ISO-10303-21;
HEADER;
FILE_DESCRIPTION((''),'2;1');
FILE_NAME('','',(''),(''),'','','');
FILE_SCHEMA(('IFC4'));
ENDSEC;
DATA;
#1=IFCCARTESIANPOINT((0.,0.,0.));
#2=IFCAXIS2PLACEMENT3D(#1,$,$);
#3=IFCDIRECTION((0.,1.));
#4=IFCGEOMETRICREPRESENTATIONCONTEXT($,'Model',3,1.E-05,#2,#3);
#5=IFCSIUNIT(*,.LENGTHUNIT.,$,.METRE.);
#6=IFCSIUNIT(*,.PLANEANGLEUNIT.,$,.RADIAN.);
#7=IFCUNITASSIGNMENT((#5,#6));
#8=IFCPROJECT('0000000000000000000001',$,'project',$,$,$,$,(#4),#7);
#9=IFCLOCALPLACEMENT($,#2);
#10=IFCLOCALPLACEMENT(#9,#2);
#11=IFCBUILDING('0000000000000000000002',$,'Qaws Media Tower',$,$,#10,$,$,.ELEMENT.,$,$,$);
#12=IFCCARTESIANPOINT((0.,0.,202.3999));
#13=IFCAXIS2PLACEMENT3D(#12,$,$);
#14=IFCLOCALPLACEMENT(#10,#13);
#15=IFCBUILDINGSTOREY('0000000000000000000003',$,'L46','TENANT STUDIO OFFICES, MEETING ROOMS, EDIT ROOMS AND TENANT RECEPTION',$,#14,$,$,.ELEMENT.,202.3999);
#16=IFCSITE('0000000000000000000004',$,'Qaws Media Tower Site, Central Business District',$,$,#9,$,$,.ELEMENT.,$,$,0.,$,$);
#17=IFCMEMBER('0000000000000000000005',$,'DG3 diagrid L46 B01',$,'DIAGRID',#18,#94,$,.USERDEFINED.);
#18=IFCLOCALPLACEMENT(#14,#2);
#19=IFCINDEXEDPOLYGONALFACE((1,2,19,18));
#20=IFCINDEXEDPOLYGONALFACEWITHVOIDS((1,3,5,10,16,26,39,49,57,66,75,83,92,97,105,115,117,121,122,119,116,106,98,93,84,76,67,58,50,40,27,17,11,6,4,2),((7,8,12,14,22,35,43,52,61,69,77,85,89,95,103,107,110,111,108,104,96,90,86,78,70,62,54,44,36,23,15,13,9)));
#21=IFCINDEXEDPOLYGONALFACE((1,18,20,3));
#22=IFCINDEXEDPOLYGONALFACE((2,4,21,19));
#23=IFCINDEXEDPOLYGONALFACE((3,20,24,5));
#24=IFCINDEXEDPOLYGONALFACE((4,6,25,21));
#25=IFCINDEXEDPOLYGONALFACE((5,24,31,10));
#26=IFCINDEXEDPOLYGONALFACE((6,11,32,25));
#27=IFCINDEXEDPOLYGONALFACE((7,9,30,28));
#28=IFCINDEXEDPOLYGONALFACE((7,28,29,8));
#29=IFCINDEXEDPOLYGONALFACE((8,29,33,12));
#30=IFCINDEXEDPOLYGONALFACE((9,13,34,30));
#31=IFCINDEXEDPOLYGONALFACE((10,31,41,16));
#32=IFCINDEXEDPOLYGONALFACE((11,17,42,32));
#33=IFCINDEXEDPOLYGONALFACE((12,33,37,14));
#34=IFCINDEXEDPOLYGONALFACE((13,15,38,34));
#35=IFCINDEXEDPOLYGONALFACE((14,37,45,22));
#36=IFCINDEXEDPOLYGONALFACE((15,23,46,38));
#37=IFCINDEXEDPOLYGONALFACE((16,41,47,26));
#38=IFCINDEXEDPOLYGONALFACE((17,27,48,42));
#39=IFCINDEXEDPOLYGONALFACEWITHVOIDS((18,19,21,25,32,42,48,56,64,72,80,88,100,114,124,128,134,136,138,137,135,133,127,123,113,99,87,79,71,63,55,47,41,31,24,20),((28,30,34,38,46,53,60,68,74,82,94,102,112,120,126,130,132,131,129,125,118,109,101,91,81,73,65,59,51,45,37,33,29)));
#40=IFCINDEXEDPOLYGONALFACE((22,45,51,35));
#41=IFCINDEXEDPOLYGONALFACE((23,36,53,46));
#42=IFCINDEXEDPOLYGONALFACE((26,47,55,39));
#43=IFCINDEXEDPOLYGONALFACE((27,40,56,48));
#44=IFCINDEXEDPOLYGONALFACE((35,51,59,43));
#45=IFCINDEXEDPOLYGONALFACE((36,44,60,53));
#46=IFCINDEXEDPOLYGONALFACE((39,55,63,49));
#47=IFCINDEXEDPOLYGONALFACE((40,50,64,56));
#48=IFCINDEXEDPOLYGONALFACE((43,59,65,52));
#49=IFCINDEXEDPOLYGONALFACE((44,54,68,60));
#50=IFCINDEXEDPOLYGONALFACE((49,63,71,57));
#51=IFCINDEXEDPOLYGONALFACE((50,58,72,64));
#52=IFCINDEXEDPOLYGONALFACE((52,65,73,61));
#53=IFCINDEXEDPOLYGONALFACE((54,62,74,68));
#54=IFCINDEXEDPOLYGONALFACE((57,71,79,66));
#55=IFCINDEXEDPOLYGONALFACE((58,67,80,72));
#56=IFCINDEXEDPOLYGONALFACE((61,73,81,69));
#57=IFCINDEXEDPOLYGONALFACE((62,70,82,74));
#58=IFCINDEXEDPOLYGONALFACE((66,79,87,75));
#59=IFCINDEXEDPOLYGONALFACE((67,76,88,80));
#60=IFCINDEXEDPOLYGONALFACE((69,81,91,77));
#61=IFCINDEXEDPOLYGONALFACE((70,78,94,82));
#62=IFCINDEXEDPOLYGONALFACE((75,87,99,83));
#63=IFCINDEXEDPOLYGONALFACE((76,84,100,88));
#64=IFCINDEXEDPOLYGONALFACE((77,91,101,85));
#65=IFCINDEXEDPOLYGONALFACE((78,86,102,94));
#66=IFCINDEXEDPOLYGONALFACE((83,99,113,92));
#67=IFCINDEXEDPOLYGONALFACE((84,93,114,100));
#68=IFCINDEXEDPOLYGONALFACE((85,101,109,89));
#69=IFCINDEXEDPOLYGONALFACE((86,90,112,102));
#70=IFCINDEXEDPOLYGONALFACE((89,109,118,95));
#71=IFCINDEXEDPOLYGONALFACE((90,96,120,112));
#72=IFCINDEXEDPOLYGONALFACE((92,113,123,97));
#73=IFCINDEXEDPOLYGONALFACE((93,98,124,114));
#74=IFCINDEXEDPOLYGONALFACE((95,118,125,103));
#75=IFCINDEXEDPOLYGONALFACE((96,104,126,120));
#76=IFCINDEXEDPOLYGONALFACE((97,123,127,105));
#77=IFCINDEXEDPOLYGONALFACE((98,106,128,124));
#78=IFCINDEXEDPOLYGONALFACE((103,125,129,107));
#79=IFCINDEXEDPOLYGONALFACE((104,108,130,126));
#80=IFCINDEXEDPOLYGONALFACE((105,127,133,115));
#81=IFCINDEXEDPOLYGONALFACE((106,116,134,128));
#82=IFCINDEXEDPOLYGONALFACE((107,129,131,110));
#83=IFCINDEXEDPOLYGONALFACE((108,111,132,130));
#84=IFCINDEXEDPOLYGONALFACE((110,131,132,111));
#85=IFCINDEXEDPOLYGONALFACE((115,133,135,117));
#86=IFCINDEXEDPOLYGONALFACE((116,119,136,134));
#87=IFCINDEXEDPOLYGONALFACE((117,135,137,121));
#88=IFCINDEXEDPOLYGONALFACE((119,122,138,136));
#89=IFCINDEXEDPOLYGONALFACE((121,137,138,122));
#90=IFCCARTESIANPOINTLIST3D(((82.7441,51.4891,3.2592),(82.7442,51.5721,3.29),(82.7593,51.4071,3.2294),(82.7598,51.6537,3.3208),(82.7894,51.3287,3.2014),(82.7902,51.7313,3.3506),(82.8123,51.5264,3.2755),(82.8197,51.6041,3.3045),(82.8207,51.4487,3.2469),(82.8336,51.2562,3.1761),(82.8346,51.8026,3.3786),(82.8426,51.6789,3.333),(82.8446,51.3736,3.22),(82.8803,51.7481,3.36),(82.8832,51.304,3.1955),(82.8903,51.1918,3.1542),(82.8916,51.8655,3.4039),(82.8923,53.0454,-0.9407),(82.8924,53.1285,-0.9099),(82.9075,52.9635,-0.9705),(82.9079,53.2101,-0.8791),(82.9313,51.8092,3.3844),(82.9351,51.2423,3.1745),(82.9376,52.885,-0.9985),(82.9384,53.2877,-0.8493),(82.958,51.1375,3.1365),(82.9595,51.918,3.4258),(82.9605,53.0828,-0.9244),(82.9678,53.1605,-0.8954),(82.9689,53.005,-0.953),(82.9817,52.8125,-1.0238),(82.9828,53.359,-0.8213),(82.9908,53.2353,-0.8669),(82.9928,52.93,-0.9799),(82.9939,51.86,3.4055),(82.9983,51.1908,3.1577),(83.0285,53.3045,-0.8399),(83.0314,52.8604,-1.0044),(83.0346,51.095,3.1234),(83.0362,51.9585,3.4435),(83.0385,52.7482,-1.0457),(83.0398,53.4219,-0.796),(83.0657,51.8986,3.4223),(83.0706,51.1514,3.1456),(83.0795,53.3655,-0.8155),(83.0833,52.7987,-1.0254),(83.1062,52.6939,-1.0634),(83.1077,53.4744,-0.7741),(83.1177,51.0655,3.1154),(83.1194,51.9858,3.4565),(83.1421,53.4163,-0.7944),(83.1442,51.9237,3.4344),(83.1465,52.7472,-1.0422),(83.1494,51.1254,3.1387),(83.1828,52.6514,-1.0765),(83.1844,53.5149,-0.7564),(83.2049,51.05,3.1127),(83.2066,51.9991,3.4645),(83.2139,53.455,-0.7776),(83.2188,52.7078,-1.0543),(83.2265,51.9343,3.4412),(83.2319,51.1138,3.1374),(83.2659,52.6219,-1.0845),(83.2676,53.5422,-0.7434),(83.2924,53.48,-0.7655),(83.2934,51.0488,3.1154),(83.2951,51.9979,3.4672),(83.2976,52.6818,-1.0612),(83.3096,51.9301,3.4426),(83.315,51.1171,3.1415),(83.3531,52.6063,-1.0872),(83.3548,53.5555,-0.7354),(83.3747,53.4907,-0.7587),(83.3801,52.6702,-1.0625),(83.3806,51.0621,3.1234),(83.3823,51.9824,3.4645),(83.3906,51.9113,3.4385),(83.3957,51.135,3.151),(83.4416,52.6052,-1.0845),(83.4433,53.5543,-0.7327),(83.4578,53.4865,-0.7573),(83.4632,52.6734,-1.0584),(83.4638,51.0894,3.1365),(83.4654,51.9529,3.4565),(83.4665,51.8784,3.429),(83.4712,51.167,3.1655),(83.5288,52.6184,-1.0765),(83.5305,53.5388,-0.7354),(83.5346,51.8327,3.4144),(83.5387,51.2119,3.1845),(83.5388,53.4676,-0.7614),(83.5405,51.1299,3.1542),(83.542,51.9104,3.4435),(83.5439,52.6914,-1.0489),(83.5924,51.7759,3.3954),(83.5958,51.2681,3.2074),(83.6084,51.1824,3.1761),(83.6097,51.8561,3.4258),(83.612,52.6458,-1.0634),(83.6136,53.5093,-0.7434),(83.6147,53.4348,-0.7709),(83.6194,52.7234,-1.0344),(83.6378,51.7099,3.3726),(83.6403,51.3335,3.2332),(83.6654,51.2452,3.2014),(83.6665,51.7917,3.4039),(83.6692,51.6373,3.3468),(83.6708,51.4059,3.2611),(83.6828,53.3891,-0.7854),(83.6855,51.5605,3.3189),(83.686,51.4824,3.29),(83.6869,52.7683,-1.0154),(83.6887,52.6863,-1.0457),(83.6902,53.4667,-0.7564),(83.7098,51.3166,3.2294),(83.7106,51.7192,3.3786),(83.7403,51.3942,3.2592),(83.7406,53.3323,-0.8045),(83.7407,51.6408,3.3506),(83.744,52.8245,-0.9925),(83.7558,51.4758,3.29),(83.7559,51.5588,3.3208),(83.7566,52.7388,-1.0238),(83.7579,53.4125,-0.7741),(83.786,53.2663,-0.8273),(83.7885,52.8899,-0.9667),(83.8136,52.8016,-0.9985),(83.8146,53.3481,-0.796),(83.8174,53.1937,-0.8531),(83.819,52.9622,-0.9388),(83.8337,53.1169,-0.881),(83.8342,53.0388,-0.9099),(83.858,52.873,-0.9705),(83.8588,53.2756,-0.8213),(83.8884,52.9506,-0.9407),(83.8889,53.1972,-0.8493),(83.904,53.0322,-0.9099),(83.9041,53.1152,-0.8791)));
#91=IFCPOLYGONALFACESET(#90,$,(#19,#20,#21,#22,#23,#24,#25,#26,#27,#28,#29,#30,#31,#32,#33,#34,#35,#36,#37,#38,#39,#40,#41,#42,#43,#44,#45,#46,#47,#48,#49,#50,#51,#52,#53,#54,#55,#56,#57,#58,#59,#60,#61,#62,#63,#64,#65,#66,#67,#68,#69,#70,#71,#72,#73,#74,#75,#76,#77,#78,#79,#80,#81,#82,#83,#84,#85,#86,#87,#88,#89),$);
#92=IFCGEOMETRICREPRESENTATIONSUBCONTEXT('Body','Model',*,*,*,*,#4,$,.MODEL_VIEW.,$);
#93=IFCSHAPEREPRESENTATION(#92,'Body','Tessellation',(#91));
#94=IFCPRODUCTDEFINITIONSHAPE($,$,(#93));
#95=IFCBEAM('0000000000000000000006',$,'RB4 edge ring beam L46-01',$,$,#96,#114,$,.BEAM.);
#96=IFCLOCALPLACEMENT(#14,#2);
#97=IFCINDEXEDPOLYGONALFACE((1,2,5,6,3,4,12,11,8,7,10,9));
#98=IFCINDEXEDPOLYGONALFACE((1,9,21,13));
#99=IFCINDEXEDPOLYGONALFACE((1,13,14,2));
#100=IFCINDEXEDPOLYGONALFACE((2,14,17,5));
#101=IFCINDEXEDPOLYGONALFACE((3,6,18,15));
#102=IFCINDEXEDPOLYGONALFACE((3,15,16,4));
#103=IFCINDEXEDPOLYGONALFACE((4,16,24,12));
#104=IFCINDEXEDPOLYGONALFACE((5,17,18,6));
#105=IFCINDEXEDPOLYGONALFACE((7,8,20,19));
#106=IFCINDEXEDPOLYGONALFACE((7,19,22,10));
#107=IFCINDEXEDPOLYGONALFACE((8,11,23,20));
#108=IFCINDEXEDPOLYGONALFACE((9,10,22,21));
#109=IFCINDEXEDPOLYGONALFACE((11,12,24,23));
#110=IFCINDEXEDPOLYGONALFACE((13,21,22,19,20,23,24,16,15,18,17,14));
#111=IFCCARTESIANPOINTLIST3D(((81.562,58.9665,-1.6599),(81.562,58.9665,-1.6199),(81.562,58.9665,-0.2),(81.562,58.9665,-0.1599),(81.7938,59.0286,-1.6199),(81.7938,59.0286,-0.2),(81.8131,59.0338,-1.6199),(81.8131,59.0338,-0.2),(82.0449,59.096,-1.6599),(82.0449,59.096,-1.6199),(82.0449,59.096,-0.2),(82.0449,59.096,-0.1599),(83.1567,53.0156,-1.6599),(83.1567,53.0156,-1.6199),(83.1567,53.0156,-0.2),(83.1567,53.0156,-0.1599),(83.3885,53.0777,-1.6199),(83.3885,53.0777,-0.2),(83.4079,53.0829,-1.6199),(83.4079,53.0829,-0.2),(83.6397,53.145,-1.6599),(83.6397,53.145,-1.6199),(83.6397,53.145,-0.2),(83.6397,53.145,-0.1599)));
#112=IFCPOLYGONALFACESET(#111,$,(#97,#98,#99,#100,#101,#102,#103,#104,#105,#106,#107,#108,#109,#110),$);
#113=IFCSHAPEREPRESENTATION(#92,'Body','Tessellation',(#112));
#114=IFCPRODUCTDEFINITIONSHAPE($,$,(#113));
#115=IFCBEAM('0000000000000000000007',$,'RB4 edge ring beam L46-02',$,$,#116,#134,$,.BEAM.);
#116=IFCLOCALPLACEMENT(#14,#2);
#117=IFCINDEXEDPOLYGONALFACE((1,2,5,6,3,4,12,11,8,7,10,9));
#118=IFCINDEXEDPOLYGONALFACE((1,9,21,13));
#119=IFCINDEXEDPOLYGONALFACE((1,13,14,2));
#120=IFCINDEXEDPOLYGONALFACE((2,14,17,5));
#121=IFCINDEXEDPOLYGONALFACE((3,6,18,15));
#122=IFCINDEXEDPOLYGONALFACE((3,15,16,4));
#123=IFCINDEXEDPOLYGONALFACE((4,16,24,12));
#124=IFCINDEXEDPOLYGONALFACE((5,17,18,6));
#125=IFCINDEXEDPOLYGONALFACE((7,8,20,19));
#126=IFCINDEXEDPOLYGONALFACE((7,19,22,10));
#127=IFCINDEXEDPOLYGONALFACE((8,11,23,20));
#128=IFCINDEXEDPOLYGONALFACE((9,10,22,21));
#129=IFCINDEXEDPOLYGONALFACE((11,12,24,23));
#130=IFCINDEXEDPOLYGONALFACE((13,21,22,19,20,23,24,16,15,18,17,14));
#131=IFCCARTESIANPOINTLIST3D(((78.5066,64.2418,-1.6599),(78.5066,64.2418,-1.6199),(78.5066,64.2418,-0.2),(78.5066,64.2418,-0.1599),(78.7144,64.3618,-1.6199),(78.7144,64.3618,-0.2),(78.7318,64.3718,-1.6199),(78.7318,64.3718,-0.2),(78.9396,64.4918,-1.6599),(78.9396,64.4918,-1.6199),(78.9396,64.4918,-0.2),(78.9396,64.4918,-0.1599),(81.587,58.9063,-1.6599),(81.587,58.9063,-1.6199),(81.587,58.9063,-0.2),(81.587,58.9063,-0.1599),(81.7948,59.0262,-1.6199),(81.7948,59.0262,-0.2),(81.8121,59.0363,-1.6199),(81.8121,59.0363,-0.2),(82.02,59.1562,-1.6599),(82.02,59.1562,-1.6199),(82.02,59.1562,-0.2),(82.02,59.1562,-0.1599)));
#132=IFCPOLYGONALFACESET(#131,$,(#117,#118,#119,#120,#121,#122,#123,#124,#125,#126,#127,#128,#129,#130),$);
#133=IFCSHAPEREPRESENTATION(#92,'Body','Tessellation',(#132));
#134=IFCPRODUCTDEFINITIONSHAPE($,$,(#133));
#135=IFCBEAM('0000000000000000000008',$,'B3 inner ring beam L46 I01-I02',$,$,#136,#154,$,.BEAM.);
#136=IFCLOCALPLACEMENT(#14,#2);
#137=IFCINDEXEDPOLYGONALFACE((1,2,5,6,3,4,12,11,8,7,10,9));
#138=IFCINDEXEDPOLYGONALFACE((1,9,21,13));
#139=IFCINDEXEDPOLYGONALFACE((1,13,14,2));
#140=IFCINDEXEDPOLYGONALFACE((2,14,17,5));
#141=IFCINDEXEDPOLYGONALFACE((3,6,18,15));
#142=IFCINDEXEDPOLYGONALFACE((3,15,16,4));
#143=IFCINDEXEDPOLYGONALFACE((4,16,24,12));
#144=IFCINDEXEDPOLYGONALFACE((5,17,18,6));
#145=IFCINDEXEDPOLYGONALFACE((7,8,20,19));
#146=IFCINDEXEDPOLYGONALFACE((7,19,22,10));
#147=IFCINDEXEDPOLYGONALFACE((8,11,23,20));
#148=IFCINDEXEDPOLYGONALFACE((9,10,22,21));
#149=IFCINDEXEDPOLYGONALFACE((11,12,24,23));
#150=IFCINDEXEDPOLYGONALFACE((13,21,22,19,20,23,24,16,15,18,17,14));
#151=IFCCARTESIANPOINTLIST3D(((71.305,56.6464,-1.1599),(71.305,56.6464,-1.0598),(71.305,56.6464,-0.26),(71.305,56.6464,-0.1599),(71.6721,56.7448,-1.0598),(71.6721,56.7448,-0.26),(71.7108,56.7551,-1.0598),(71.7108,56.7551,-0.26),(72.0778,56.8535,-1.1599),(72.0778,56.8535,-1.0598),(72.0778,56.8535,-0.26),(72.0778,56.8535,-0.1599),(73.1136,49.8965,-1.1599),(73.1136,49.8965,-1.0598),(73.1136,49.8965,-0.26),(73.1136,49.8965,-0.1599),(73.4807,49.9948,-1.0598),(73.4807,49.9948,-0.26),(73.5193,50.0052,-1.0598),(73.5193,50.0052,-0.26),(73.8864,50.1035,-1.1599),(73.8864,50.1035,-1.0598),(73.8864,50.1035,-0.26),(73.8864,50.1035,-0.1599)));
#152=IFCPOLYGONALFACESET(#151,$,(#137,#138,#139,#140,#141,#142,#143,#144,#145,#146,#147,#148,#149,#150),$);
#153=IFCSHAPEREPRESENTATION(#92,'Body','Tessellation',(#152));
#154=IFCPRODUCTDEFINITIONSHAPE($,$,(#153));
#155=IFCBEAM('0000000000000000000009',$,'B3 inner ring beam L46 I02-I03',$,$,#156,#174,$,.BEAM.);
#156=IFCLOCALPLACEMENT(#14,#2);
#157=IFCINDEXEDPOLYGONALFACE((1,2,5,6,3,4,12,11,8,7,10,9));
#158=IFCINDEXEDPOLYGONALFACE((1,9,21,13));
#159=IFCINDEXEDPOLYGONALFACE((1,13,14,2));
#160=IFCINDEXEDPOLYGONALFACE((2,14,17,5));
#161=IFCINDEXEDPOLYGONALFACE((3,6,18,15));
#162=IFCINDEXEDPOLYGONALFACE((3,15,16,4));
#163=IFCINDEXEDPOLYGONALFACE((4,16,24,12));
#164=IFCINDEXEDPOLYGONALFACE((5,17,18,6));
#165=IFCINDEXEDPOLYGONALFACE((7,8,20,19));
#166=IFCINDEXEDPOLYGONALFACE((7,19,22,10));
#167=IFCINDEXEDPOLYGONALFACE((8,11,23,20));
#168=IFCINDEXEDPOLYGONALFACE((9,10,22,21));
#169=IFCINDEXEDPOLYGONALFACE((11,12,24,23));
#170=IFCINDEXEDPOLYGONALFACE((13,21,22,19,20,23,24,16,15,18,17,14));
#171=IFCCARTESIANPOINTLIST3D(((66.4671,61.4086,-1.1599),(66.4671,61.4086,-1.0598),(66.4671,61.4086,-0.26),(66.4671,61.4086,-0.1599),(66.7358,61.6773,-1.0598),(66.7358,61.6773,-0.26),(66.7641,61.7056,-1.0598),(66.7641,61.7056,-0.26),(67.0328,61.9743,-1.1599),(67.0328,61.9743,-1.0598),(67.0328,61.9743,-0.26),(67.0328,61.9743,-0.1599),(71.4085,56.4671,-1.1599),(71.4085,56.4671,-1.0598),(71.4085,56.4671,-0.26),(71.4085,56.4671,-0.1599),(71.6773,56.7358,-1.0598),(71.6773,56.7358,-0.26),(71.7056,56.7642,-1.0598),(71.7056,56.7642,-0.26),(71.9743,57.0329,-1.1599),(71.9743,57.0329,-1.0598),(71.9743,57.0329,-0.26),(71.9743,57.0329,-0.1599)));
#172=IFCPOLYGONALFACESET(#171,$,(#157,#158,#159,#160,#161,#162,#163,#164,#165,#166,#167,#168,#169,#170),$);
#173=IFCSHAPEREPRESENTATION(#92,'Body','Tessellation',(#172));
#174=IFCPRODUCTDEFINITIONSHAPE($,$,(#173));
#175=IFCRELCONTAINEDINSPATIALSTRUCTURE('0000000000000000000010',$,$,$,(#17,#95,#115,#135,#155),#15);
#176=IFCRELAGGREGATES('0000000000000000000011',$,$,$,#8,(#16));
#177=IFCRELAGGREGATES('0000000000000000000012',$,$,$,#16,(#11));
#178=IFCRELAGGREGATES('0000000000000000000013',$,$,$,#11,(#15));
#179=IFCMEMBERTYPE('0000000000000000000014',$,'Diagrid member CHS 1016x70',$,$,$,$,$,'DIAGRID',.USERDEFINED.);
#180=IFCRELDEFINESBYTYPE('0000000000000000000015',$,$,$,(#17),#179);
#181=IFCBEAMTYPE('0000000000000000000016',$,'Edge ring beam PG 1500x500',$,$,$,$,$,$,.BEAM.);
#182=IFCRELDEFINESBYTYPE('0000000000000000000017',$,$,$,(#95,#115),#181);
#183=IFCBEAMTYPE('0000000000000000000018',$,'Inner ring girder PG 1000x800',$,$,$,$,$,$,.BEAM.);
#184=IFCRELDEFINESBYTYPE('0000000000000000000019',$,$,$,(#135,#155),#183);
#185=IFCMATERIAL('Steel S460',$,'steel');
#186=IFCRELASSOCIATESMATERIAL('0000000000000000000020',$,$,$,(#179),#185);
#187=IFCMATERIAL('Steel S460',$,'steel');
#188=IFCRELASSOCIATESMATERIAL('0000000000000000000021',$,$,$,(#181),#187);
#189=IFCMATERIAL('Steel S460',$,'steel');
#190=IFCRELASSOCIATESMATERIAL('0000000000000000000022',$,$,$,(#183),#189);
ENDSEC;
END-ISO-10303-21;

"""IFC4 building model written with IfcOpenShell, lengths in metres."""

from ifc_helpers import new_model, si_unit, direction, frame, origin, origin_2d, place, context, subcontext, project, spatial, hollow_circle, i_section, extrude, material, material_profile, profile_set, type_object, element, save


model = new_model("IFC4")

# Units and contexts
model_context = context("Model", 3, precision=1e-05, world=origin(), true_north=direction((0.0, 1.0)))
body_context = subcontext(model_context, "Body", "Model", "MODEL_VIEW")
ifc_project = project(units=[si_unit("LENGTHUNIT", "METRE"), si_unit("PLANEANGLEUNIT", "RADIAN")], contexts=[model_context])

# Site, building, storey
site_placement = place(None, origin())
site = spatial("IfcSite", under=ifc_project, at=site_placement, Name="Qaws Media Tower Site, Central Business District", CompositionType="ELEMENT", RefElevation=0.0)
building_placement = place(site_placement, origin())
building = spatial("IfcBuilding", under=site, at=building_placement, Name="Qaws Media Tower", CompositionType="ELEMENT")
storey_placement = place(building_placement, frame((0.0, 0.0, 202.3999)))
storey = spatial("IfcBuildingStorey", under=building, at=storey_placement, Name="L46", Description="TENANT STUDIO OFFICES, MEETING ROOMS, EDIT ROOMS AND TENANT RECEPTION", CompositionType="ELEMENT", Elevation=202.3999)

# Member
ifc_material_1 = material(Name="Steel S460", Category="steel")
ifc_material_profile_1 = material_profile(ifc_material_1, hollow_circle(Radius=0.5081, WallThickness=0.0701, at=origin_2d()), Name="CHS 1016x70")
ifc_profile_set_1 = profile_set([ifc_material_profile_1], Name="Steel S460")
member_type_1 = type_object("IfcMemberType", Name="Diagrid member CHS 1016x70", ElementType="DIAGRID", PredefinedType="USERDEFINED", material=ifc_profile_set_1)
member_1_placement = place(storey_placement, frame((83.3982, 53.0803, -0.9099), z_axis=(-0.033068, -0.347293, 0.937173), x_axis=(0.995498, -0.094787, 0.0)))
element("IfcMember", 1, at=member_1_placement, inside=storey, type_object=member_type_1, Name="DG3 diagrid L46 B01", ObjectType="DIAGRID", PredefinedType="USERDEFINED", context=body_context, shape_type="SweptSolid", body=[
    extrude(hollow_circle(Radius=0.5081, WallThickness=0.0701, at=origin_2d()), origin(), (0.0, 0.0, 1.0), 4.4814),
])

# Beams
ifc_material_2 = material(Name="Steel S460", Category="steel")
ifc_material_profile_2 = material_profile(ifc_material_2, i_section(OverallWidth=0.5, OverallDepth=1.5, WebThickness=0.02, FlangeThickness=0.04, at=origin_2d()), Name="PG 1500x500")
ifc_profile_set_2 = profile_set([ifc_material_profile_2], Name="Steel S460")
beam_type_1 = type_object("IfcBeamType", Name="Edge ring beam PG 1500x500", PredefinedType="BEAM", material=ifc_profile_set_2)
for number, where, z_axis, x_axis, name in (
    (2, (83.3982, 53.0803, -0.9099), (-0.258846, 0.965919, 0.0), (-0.965919, -0.258846, 0.0), "RB4 edge ring beam L46-01"),
    (3, (81.8035, 59.0312, -0.9099), (-0.499988, 0.866032, 0.0), (-0.866032, -0.499988, 0.0), "RB4 edge ring beam L46-02"),
):
    element("IfcBeam", number, at=place(storey_placement, frame(where, z_axis=z_axis, x_axis=x_axis)), inside=storey, type_object=beam_type_1, Name=name, PredefinedType="BEAM", context=body_context, shape_type="SweptSolid", body=[
        extrude(i_section(OverallWidth=0.5, OverallDepth=1.5, WebThickness=0.02, FlangeThickness=0.04, at=origin_2d()), origin(), (0.0, 0.0, 1.0), 6.1609),
    ])
ifc_material_3 = material(Name="Steel S460", Category="steel")
ifc_material_profile_3 = material_profile(ifc_material_3, i_section(OverallWidth=0.8, OverallDepth=1.0, WebThickness=0.04, FlangeThickness=0.1001, at=origin_2d()), Name="PG 1000x800")
ifc_profile_set_3 = profile_set([ifc_material_profile_3], Name="Steel S460")
beam_type_2 = type_object("IfcBeamType", Name="Inner ring girder PG 1000x800", PredefinedType="BEAM", material=ifc_profile_set_3)
beam_1_placement = place(storey_placement, frame((73.5, 50.0, -0.6599), z_axis=(-0.258811, 0.965928, 0.0), x_axis=(-0.965928, -0.258811, 0.0)))
element("IfcBeam", 4, at=beam_1_placement, inside=storey, type_object=beam_type_2, Name="B3 inner ring beam L46 I01-I02", PredefinedType="BEAM", context=body_context, shape_type="SweptSolid", body=[
    extrude(i_section(OverallWidth=0.8, OverallDepth=1.0, WebThickness=0.04, FlangeThickness=0.1001, at=origin_2d()), origin(), (0.0, 0.0, 1.0), 6.988),
])
beam_2_placement = place(storey_placement, frame((71.6914, 56.75, -0.6599), z_axis=(-0.707107, 0.707107, 0.0), x_axis=(-0.707107, -0.707107, 0.0)))
element("IfcBeam", 5, at=beam_2_placement, inside=storey, type_object=beam_type_2, Name="B3 inner ring beam L46 I02-I03", PredefinedType="BEAM", context=body_context, shape_type="SweptSolid", body=[
    extrude(i_section(OverallWidth=0.8, OverallDepth=1.0, WebThickness=0.04, FlangeThickness=0.1001, at=origin_2d()), origin(), (0.0, 0.0, 1.0), 6.9883),
])

save(model, "model.ifc")
